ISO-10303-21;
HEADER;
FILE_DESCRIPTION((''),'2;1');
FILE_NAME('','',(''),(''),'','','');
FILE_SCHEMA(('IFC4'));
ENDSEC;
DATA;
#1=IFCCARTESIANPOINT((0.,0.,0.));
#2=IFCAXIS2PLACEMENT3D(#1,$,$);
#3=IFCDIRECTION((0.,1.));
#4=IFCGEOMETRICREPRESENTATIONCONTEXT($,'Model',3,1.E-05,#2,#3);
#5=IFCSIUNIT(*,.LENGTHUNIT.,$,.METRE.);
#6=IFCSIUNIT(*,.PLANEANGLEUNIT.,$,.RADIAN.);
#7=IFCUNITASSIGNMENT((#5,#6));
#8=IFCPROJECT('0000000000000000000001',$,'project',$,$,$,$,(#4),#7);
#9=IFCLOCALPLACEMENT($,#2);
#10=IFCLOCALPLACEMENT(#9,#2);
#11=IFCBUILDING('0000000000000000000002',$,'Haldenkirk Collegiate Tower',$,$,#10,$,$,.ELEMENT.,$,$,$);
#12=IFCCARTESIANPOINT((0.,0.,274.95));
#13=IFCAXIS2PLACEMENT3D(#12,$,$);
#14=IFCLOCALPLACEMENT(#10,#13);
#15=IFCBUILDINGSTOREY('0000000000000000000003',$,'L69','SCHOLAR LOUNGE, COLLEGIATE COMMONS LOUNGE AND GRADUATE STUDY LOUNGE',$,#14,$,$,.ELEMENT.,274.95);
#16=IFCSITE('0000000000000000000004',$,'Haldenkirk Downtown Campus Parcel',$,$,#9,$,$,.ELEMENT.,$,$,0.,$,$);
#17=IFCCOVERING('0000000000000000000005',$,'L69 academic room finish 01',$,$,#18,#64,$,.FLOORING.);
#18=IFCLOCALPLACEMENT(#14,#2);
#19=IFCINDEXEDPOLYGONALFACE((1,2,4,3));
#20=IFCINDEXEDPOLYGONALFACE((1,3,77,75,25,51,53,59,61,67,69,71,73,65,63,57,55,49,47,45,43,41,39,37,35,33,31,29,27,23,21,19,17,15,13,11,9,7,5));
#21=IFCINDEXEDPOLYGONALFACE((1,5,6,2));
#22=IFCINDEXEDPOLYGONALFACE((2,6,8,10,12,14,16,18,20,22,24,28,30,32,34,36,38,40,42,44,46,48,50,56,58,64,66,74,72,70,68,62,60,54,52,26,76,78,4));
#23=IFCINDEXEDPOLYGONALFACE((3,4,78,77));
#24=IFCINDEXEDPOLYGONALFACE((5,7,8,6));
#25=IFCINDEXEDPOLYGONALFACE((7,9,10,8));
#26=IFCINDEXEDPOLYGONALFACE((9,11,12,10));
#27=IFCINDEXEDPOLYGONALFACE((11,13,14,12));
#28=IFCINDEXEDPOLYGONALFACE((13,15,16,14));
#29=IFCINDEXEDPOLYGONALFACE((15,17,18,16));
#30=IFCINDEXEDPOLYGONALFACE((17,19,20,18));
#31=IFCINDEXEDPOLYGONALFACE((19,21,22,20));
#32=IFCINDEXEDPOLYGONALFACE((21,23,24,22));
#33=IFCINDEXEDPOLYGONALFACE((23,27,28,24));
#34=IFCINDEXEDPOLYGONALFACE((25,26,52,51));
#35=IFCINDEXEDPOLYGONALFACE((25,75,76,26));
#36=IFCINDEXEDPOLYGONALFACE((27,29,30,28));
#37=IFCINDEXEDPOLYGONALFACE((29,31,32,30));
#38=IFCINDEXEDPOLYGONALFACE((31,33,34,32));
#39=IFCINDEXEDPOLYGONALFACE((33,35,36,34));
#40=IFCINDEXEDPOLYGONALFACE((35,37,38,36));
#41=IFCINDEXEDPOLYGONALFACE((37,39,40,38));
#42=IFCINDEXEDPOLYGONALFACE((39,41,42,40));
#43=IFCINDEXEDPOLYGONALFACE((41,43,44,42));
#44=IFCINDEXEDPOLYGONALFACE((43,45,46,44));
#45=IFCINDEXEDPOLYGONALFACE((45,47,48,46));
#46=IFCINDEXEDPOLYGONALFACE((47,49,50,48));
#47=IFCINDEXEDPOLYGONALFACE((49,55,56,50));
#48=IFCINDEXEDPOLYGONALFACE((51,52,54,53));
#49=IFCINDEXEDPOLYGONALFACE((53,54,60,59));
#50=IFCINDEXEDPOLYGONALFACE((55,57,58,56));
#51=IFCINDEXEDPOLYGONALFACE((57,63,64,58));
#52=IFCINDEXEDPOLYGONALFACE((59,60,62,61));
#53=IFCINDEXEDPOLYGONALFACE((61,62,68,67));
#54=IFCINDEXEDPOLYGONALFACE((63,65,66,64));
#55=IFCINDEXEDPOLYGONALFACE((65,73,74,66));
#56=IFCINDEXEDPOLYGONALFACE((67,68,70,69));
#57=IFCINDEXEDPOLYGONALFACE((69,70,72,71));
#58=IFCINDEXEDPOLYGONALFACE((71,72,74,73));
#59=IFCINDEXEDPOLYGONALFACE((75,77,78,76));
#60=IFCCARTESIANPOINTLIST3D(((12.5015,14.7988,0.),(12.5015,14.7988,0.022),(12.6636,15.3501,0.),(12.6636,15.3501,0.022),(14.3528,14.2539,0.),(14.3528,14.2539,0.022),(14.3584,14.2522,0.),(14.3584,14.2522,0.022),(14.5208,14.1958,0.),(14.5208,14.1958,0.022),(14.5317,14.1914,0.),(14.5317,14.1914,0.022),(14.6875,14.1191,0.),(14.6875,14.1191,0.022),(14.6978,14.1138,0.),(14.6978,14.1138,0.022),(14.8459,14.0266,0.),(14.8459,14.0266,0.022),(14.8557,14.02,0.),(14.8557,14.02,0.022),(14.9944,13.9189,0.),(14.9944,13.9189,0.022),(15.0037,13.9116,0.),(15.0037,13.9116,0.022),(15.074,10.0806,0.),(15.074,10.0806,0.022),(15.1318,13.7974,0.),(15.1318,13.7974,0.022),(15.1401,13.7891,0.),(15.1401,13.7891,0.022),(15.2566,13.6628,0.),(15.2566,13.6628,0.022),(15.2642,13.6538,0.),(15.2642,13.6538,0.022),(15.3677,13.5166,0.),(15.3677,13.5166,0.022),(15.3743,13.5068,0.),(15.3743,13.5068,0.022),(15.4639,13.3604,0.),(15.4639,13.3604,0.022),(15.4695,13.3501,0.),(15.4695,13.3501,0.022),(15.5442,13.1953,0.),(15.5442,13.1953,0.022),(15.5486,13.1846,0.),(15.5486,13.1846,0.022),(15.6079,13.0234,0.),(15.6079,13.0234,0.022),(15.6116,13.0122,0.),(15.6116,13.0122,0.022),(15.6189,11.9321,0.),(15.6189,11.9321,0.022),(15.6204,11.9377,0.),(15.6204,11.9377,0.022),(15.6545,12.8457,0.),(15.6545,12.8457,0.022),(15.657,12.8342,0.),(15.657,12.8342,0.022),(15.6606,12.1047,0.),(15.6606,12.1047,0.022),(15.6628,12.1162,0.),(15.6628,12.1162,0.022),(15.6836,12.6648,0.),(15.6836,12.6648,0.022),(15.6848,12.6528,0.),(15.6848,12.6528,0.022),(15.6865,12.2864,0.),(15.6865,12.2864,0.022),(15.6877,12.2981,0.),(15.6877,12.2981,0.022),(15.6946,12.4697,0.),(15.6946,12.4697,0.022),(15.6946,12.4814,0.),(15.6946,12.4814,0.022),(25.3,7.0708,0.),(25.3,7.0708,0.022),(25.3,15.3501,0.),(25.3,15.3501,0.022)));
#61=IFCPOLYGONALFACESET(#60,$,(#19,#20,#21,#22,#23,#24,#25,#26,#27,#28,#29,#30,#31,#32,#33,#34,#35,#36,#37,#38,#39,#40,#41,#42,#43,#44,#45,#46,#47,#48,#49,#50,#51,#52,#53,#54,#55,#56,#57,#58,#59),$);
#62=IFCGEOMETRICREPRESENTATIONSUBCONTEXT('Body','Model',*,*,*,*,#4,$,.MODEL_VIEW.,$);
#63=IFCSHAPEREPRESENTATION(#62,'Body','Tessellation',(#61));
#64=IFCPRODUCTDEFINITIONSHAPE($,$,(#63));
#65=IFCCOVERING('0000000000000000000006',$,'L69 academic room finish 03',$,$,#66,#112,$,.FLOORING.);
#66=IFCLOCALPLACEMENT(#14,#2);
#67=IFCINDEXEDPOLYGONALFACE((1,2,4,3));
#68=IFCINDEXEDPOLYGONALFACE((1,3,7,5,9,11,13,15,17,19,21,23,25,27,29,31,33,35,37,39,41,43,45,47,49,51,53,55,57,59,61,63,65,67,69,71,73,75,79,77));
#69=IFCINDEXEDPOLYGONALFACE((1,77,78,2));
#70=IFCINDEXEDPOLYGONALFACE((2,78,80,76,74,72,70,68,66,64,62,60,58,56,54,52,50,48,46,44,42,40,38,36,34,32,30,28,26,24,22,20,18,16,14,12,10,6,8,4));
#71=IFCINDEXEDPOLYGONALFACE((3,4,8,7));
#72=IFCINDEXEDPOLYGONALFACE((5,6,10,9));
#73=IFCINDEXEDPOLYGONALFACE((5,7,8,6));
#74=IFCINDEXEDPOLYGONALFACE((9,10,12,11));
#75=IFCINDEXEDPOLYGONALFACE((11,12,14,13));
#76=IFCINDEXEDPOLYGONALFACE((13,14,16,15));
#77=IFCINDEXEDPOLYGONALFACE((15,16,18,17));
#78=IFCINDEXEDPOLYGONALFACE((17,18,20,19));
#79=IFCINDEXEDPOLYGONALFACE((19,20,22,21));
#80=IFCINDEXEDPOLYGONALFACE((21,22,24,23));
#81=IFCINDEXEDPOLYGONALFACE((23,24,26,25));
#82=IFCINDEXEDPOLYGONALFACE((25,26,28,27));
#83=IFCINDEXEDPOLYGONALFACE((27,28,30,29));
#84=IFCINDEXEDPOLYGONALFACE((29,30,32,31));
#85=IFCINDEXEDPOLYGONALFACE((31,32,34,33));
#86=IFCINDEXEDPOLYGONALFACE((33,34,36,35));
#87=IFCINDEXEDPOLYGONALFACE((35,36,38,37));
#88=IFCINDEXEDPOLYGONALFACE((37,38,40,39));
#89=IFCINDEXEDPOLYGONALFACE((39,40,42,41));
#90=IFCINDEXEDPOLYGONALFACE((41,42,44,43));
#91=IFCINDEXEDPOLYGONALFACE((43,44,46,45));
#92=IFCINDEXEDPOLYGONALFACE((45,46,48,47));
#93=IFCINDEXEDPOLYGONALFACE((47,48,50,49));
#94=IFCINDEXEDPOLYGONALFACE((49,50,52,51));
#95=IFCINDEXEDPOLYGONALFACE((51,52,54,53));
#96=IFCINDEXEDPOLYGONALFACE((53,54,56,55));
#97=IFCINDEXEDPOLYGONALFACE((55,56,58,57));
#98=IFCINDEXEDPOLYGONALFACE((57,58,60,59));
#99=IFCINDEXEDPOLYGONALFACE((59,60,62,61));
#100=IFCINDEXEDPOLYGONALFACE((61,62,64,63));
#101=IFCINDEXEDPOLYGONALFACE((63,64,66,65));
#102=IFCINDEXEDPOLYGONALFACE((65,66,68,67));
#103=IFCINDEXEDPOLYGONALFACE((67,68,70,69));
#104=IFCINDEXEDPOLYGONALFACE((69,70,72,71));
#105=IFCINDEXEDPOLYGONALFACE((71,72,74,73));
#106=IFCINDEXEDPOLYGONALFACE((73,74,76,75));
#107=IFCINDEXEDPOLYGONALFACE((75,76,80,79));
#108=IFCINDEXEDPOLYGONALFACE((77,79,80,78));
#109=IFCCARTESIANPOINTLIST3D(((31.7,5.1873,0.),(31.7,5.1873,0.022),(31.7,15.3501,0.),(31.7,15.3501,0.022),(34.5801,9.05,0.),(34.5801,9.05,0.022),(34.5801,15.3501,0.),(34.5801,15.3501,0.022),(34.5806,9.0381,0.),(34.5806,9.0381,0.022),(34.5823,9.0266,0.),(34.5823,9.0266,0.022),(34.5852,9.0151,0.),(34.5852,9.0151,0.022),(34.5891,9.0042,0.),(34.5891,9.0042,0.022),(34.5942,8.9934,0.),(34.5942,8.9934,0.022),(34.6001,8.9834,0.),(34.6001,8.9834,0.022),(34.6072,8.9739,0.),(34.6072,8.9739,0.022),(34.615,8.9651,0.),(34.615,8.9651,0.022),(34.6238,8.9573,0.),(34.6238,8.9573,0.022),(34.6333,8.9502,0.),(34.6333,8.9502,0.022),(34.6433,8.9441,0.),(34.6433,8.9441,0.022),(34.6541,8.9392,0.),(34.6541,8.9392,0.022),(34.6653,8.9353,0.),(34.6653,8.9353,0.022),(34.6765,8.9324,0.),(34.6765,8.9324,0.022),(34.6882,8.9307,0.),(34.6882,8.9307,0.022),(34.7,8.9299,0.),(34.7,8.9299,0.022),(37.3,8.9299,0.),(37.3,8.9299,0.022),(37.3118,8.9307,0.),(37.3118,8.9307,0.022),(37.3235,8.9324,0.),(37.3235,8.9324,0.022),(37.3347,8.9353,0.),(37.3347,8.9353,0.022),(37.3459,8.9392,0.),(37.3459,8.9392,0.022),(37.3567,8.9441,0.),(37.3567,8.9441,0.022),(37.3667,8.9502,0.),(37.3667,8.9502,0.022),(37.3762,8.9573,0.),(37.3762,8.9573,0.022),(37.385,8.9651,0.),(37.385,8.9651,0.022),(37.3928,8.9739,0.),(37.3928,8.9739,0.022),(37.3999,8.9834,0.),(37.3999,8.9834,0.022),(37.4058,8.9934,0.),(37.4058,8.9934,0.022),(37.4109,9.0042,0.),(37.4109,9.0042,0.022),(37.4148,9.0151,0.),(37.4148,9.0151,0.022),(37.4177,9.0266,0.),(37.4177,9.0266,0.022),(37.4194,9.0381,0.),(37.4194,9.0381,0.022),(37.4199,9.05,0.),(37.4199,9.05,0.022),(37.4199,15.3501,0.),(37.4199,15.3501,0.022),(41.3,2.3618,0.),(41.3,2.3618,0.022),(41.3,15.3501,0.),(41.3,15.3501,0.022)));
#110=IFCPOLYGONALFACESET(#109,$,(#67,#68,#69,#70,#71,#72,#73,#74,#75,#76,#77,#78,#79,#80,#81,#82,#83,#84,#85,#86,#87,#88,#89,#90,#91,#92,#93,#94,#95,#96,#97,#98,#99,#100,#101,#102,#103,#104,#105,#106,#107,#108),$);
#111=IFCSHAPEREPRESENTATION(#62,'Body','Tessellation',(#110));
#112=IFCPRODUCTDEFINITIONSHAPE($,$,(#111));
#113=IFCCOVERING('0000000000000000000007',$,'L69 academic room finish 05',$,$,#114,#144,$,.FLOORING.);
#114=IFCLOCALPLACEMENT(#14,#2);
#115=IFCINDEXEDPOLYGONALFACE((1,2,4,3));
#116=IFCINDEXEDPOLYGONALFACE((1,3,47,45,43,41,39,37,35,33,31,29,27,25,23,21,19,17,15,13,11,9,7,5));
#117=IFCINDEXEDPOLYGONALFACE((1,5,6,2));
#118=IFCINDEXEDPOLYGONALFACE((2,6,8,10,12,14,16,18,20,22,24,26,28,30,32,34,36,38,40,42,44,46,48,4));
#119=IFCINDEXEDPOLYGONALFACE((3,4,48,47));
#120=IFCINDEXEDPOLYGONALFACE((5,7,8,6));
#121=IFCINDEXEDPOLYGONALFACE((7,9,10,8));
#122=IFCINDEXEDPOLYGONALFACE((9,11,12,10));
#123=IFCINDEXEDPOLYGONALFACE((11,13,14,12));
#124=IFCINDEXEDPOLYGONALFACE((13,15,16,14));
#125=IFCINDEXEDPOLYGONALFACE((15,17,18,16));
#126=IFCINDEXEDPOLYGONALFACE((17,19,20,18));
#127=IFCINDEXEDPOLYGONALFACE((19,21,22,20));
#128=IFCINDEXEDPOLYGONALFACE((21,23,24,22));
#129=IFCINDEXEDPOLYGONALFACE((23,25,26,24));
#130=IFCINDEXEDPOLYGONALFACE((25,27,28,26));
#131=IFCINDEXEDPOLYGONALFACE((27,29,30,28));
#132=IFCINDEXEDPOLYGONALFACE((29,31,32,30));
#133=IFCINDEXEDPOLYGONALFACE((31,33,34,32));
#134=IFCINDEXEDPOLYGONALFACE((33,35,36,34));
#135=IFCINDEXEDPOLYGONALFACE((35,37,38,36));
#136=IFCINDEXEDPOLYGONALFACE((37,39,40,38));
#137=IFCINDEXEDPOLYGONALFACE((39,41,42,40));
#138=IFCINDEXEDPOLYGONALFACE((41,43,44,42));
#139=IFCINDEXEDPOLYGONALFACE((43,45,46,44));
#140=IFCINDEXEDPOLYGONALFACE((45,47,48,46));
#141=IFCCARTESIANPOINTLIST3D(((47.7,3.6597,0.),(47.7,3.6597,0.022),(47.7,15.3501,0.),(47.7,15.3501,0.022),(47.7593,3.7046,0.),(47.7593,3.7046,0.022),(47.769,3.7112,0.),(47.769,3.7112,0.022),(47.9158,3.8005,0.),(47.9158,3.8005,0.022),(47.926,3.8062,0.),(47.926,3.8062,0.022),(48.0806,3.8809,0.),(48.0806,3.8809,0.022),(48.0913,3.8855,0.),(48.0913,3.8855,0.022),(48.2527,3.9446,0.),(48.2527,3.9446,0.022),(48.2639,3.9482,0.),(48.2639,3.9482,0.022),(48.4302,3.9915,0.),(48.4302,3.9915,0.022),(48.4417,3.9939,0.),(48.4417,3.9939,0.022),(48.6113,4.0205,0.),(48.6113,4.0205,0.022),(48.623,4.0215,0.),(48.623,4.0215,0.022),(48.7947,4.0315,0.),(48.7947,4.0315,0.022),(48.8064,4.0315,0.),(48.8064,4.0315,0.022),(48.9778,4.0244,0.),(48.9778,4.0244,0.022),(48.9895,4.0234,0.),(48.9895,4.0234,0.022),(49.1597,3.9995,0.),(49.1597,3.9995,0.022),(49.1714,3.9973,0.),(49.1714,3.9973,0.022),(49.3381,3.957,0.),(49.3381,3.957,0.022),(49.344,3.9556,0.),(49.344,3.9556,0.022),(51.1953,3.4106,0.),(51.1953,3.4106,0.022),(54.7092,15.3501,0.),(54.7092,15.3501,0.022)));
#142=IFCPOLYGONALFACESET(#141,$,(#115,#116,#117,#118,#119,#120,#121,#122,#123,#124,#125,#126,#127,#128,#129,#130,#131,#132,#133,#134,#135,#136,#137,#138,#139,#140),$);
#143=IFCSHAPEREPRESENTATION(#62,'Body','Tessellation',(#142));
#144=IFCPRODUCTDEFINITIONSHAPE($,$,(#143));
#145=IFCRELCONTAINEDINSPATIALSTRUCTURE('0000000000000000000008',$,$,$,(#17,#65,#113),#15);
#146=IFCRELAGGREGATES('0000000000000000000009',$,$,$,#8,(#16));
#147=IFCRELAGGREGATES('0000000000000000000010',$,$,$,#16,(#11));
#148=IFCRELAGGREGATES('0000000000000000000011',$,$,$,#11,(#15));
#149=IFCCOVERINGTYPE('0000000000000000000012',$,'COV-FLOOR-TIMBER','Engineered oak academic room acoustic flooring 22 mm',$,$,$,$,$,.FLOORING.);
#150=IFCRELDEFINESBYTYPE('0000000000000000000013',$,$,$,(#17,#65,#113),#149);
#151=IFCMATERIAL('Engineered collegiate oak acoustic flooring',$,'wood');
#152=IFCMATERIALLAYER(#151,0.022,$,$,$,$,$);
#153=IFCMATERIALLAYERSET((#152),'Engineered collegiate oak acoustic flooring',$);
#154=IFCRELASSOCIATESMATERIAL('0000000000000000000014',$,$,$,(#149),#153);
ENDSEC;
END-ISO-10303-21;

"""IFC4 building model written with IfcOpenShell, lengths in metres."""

from ifc_helpers import new_model, si_unit, direction, frame, origin, place, context, subcontext, project, spatial, polyline, outline, extrude, material, layer, layer_set, type_object, element, save


model = new_model("IFC4")

# Units and contexts
model_context = context("Model", 3, precision=1e-05, world=origin(), true_north=direction((0.0, 1.0)))
body_context = subcontext(model_context, "Body", "Model", "MODEL_VIEW")
ifc_project = project(units=[si_unit("LENGTHUNIT", "METRE"), si_unit("PLANEANGLEUNIT", "RADIAN")], contexts=[model_context])

# Site, building, storey
site_placement = place(None, origin())
site = spatial("IfcSite", under=ifc_project, at=site_placement, Name="Haldenkirk Downtown Campus Parcel", CompositionType="ELEMENT", RefElevation=0.0)
building_placement = place(site_placement, origin())
building = spatial("IfcBuilding", under=site, at=building_placement, Name="Haldenkirk Collegiate Tower", CompositionType="ELEMENT")
storey_placement = place(building_placement, frame((0.0, 0.0, 274.95)))
storey = spatial("IfcBuildingStorey", under=building, at=storey_placement, Name="L69", Description="SCHOLAR LOUNGE, COLLEGIATE COMMONS LOUNGE AND GRADUATE STUDY LOUNGE", CompositionType="ELEMENT", Elevation=274.95)

# Coverings
ifc_material_1 = material(Name="Engineered collegiate oak acoustic flooring", Category="wood")
ifc_layer_1 = layer(ifc_material_1, 0.022)
ifc_layer_set_1 = layer_set([ifc_layer_1], Name="Engineered collegiate oak acoustic flooring")
covering_type_1 = type_object("IfcCoveringType", Name="COV-FLOOR-TIMBER", Description="Engineered oak academic room acoustic flooring 22 mm", PredefinedType="FLOORING", material=ifc_layer_set_1)
covering_1_placement = place(storey_placement, origin())
element("IfcCovering", 1, at=covering_1_placement, inside=storey, type_object=covering_type_1, Name="L69 academic room finish 01", PredefinedType="FLOORING", context=body_context, shape_type="SweptSolid", body=[
    extrude(outline(polyline([(15.074, 10.0806), (15.6189, 11.9321), (15.6204, 11.9377), (15.6606, 12.1047), (15.6628, 12.1162), (15.6865, 12.2864), (15.6877, 12.2981), (15.6946, 12.4697), (15.6946, 12.4814), (15.6848, 12.6528), (15.6836, 12.6648), (15.657, 12.8342), (15.6545, 12.8457), (15.6116, 13.0122), (15.6079, 13.0234), (15.5486, 13.1846), (15.5442, 13.1953), (15.4695, 13.3501), (15.4639, 13.3604), (15.3743, 13.5068), (15.3677, 13.5166), (15.2642, 13.6538), (15.2566, 13.6628), (15.1401, 13.7891), (15.1318, 13.7974), (15.0037, 13.9116), (14.9944, 13.9189), (14.8557, 14.02), (14.8459, 14.0266), (14.6978, 14.1138), (14.6875, 14.1191), (14.5317, 14.1914), (14.5208, 14.1958), (14.3584, 14.2522), (14.3528, 14.2539), (12.5015, 14.7988), (12.6636, 15.3501), (25.3, 15.3501), (25.3, 7.0708), (15.074, 10.0806)])), origin(), (0.0, 0.0, 1.0), 0.022),
])
covering_2_placement = place(storey_placement, origin())
element("IfcCovering", 2, at=covering_2_placement, inside=storey, type_object=covering_type_1, Name="L69 academic room finish 03", PredefinedType="FLOORING", context=body_context, shape_type="SweptSolid", body=[
    extrude(outline(polyline([(31.7, 5.1873), (31.7, 15.3501), (34.5801, 15.3501), (34.5801, 9.05), (34.5806, 9.0381), (34.5823, 9.0266), (34.5852, 9.0151), (34.5891, 9.0042), (34.5942, 8.9934), (34.6001, 8.9834), (34.6072, 8.9739), (34.615, 8.9651), (34.6238, 8.9573), (34.6333, 8.9502), (34.6433, 8.9441), (34.6541, 8.9392), (34.6653, 8.9353), (34.6765, 8.9324), (34.6882, 8.9307), (34.7, 8.9299), (37.3, 8.9299), (37.3118, 8.9307), (37.3235, 8.9324), (37.3347, 8.9353), (37.3459, 8.9392), (37.3567, 8.9441), (37.3667, 8.9502), (37.3762, 8.9573), (37.385, 8.9651), (37.3928, 8.9739), (37.3999, 8.9834), (37.4058, 8.9934), (37.4109, 9.0042), (37.4148, 9.0151), (37.4177, 9.0266), (37.4194, 9.0381), (37.4199, 9.05), (37.4199, 15.3501), (41.3, 15.3501), (41.3, 2.3618), (31.7, 5.1873)])), origin(), (0.0, 0.0, 1.0), 0.022),
])
covering_3_placement = place(storey_placement, origin())
element("IfcCovering", 3, at=covering_3_placement, inside=storey, type_object=covering_type_1, Name="L69 academic room finish 05", PredefinedType="FLOORING", context=body_context, shape_type="SweptSolid", body=[
    extrude(outline(polyline([(47.7, 3.6597), (47.7, 15.3501), (54.7092, 15.3501), (51.1953, 3.4106), (49.344, 3.9556), (49.3381, 3.957), (49.1714, 3.9973), (49.1597, 3.9995), (48.9895, 4.0234), (48.9778, 4.0244), (48.8064, 4.0315), (48.7947, 4.0315), (48.623, 4.0215), (48.6113, 4.0205), (48.4417, 3.9939), (48.4302, 3.9915), (48.2639, 3.9482), (48.2527, 3.9446), (48.0913, 3.8855), (48.0806, 3.8809), (47.926, 3.8062), (47.9158, 3.8005), (47.769, 3.7112), (47.7593, 3.7046), (47.7, 3.6597)])), origin(), (0.0, 0.0, 1.0), 0.022),
])

save(model, "model.ifc")
